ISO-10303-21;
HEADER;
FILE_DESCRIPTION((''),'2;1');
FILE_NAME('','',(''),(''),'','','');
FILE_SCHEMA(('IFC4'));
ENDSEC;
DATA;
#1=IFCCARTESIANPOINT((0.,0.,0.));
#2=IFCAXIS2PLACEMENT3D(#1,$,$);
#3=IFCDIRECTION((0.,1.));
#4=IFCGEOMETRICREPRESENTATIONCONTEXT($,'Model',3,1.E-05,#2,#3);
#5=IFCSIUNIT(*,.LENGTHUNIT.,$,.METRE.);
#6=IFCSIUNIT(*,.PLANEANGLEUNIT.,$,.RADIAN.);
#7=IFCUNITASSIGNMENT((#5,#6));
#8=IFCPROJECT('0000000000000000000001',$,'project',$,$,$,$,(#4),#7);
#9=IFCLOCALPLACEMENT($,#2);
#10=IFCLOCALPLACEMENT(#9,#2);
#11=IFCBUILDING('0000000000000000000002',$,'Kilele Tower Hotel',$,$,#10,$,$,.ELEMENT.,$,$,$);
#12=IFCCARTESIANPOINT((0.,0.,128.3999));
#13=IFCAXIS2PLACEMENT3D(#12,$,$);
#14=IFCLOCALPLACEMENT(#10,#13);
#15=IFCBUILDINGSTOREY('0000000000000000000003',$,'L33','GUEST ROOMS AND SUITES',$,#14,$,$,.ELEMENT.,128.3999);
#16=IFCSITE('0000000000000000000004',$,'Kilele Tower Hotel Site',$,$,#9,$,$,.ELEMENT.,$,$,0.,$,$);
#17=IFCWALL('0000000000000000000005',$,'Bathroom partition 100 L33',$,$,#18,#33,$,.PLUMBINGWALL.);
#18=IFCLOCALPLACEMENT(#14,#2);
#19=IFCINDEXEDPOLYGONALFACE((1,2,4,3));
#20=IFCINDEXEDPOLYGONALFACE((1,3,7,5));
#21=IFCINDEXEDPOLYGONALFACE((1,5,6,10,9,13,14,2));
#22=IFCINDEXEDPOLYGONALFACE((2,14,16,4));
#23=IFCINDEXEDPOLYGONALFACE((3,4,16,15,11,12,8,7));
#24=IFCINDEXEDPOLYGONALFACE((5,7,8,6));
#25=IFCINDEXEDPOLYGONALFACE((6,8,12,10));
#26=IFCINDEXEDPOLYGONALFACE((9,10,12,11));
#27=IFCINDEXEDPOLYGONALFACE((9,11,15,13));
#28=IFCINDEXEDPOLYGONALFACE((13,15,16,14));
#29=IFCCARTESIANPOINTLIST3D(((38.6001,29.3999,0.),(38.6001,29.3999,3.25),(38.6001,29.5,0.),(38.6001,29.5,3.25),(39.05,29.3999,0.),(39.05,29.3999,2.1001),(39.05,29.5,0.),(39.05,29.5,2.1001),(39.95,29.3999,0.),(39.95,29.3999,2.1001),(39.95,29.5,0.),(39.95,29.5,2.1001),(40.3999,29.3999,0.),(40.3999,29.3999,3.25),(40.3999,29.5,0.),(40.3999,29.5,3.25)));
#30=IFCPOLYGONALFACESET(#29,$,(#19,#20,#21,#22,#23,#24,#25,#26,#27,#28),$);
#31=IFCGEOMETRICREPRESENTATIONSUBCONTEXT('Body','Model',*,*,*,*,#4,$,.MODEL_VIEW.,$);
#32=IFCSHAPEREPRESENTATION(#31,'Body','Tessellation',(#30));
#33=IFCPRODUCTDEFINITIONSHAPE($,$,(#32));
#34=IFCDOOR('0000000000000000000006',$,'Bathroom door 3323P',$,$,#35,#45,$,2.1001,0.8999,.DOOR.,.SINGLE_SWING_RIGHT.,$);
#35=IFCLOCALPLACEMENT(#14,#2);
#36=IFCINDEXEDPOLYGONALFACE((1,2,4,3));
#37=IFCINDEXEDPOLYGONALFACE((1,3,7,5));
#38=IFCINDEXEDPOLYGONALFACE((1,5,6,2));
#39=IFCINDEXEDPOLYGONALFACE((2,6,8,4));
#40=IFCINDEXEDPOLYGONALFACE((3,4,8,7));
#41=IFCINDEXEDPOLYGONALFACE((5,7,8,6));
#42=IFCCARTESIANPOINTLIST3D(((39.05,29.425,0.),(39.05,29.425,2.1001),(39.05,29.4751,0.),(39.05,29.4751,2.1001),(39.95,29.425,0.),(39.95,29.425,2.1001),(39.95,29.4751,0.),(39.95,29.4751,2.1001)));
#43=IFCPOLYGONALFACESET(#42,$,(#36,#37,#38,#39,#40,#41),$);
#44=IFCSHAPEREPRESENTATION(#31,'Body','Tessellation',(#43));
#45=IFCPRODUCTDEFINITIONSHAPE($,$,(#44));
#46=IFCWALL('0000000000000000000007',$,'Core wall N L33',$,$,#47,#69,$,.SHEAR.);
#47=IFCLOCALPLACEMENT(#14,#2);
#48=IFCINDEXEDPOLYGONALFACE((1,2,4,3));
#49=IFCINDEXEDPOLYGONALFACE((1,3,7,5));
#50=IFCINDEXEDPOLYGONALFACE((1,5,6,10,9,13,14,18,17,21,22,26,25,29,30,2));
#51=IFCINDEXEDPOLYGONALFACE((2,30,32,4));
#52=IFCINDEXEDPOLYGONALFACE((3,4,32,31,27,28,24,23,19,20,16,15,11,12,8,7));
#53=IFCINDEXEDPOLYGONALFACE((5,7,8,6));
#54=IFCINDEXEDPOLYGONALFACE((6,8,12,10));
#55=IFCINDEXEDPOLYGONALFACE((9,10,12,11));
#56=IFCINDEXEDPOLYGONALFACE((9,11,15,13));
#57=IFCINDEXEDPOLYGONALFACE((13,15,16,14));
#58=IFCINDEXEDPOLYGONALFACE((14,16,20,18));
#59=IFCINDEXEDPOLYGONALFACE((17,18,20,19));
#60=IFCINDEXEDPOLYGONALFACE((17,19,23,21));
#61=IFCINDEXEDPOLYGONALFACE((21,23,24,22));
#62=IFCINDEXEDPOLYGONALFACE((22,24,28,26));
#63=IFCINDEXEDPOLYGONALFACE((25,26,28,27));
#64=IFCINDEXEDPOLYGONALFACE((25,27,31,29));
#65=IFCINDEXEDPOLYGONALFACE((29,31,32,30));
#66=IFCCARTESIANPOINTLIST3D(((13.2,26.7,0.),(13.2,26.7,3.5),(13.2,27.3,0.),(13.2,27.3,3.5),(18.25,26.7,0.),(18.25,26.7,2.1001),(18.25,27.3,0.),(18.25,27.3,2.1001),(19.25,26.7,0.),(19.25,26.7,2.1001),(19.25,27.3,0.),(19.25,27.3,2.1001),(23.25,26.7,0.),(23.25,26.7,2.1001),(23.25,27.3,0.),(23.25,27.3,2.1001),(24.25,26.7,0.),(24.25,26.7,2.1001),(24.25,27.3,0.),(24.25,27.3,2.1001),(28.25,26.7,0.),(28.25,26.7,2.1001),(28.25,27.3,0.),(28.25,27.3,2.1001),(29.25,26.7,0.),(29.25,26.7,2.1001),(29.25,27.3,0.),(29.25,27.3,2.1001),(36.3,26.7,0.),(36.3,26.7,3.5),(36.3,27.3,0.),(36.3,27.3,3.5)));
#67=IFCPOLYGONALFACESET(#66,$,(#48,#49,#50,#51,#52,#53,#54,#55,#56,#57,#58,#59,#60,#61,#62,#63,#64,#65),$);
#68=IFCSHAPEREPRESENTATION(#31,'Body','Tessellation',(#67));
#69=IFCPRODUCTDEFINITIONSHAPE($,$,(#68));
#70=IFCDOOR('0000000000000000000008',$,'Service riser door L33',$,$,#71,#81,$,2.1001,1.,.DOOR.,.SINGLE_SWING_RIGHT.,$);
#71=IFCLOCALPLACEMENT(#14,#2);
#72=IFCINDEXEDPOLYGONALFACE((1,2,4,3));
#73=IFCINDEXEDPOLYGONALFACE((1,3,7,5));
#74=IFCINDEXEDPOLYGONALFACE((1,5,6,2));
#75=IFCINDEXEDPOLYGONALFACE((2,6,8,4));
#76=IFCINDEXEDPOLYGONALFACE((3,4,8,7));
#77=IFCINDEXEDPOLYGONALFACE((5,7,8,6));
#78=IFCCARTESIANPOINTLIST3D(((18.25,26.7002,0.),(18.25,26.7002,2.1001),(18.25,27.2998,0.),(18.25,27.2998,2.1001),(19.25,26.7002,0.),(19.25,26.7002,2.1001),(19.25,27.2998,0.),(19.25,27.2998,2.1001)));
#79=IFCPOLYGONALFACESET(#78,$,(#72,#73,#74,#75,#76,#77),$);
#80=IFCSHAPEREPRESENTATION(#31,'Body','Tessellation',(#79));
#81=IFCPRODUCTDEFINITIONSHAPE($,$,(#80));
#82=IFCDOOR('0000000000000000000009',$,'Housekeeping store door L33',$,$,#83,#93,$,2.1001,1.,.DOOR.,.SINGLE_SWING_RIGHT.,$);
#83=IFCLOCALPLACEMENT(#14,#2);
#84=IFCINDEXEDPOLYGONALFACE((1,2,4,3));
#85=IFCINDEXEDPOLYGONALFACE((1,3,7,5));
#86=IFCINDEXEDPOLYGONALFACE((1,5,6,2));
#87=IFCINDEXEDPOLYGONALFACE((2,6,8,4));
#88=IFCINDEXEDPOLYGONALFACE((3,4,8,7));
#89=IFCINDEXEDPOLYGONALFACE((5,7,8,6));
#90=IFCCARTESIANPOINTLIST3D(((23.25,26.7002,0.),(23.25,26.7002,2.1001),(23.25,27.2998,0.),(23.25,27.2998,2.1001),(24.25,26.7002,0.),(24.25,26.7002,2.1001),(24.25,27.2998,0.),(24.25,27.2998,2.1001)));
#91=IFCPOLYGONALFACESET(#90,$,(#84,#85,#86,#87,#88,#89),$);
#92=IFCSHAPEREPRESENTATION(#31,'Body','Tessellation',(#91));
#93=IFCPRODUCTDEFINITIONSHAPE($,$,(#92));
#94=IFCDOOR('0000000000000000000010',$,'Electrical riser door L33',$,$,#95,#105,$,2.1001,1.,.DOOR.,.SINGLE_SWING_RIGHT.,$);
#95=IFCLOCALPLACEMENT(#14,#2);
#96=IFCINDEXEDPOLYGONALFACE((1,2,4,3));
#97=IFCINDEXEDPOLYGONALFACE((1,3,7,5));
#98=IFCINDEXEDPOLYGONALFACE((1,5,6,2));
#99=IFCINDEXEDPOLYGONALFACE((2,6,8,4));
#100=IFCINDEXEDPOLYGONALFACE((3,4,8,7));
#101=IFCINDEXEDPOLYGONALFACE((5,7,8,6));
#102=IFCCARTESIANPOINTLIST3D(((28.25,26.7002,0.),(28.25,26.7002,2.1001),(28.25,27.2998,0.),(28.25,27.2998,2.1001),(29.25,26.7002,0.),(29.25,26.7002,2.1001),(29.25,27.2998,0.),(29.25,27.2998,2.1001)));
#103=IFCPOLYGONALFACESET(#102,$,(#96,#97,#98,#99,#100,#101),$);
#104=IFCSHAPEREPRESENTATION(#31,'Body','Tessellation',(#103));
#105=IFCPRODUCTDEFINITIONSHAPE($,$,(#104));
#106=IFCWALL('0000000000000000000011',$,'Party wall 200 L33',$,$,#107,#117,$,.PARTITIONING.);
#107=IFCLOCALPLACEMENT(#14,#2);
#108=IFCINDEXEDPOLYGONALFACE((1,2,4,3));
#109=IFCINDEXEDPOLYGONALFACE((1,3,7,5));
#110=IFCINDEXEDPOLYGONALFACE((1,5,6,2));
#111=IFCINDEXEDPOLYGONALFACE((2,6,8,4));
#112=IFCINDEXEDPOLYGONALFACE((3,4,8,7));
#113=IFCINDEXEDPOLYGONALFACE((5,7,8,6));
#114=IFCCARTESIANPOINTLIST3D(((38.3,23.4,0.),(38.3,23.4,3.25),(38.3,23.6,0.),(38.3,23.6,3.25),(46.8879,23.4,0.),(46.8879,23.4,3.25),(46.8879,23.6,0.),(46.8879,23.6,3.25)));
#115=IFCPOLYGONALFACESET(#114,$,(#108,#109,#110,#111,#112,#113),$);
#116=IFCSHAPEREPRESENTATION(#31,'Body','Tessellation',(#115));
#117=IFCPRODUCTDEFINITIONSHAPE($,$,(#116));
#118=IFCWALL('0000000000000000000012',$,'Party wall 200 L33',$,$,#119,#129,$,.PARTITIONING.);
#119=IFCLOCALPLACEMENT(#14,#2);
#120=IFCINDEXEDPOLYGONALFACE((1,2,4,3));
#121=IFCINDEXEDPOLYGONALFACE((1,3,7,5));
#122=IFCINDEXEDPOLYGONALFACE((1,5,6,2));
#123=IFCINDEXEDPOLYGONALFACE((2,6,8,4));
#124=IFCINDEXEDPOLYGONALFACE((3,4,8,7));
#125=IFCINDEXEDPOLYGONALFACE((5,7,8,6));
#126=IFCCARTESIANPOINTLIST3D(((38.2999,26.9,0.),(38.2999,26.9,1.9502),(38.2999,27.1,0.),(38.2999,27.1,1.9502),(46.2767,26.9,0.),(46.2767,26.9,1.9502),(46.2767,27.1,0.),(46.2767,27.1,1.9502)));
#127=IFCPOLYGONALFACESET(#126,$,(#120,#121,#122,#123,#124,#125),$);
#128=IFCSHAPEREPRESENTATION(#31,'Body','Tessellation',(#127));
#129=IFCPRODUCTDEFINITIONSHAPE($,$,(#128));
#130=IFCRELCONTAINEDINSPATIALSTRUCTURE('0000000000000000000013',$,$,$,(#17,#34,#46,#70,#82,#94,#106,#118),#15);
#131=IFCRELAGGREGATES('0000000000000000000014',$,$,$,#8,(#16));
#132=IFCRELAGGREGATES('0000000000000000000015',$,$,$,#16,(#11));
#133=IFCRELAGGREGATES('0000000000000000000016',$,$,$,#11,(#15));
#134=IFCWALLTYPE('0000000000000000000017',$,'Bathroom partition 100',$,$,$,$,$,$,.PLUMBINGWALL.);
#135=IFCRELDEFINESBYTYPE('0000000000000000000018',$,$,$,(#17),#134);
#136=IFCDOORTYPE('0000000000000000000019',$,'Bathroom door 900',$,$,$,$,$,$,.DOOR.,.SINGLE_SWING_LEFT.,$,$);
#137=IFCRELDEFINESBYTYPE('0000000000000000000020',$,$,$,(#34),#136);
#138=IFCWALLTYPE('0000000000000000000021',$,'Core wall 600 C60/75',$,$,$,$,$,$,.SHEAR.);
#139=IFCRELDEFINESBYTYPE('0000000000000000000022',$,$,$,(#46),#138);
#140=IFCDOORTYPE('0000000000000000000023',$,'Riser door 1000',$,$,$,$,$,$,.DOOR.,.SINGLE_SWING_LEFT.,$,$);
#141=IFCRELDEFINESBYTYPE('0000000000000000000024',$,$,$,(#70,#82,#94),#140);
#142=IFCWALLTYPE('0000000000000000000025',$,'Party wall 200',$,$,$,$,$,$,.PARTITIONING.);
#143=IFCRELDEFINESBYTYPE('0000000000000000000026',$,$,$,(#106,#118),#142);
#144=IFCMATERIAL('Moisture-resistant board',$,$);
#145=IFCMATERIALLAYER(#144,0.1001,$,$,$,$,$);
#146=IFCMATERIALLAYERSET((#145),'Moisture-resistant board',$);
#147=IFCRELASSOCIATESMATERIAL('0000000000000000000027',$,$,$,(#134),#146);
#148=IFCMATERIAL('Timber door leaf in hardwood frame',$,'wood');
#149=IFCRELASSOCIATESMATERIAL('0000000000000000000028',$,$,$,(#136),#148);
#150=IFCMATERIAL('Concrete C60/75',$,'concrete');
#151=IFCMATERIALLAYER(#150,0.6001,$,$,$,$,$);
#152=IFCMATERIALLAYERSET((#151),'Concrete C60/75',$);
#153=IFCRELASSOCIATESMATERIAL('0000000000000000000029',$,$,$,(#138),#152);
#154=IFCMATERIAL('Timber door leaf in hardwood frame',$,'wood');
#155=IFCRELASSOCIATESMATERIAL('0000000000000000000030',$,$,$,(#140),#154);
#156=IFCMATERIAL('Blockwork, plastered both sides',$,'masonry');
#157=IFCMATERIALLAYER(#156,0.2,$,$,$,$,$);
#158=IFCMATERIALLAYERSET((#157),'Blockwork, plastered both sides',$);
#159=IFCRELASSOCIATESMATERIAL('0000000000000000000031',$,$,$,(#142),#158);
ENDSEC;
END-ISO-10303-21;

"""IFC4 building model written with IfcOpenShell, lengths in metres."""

from ifc_helpers import new_model, si_unit, direction, frame, frame_2d, origin, place, context, subcontext, project, spatial, rectangle, extrude, material, layer, layer_set, type_object, element, fill, save


model = new_model("IFC4")

# Units and contexts
model_context = context("Model", 3, precision=1e-05, world=origin(), true_north=direction((0.0, 1.0)))
body_context = subcontext(model_context, "Body", "Model", "MODEL_VIEW")
ifc_project = project(units=[si_unit("LENGTHUNIT", "METRE"), si_unit("PLANEANGLEUNIT", "RADIAN")], contexts=[model_context])

# Site, building, storey
site_placement = place(None, origin())
site = spatial("IfcSite", under=ifc_project, at=site_placement, Name="Kilele Tower Hotel Site", CompositionType="ELEMENT", RefElevation=0.0)
building_placement = place(site_placement, origin())
building = spatial("IfcBuilding", under=site, at=building_placement, Name="Kilele Tower Hotel", CompositionType="ELEMENT")
storey_placement = place(building_placement, frame((0.0, 0.0, 128.3999)))
storey = spatial("IfcBuildingStorey", under=building, at=storey_placement, Name="L33", Description="GUEST ROOMS AND SUITES", CompositionType="ELEMENT", Elevation=128.3999)

# Shared definitions
ifc_material_1 = material(Name="Moisture-resistant board")
ifc_layer_1 = layer(ifc_material_1, 0.1001)
ifc_layer_set_1 = layer_set([ifc_layer_1], Name="Moisture-resistant board")
wall_type_1 = type_object("IfcWallType", Name="Bathroom partition 100", PredefinedType="PLUMBINGWALL", material=ifc_layer_set_1)

# Shared definitions
ifc_material_2 = material(Name="Timber door leaf in hardwood frame", Category="wood")
door_type_1 = type_object("IfcDoorType", Name="Bathroom door 900", OperationType="SINGLE_SWING_LEFT", PredefinedType="DOOR", material=ifc_material_2)

# Wall, opening, door
wall_1_placement = place(storey_placement, frame((38.6001, 29.45, 0.0), z_axis=(0.0, 0.0, 1.0), x_axis=(1.0, 0.0, 0.0)))
wall_1 = element("IfcWall", 1, at=wall_1_placement, inside=storey, type_object=wall_type_1, Name="Bathroom partition 100 L33", PredefinedType="PLUMBINGWALL", context=body_context, shape_type="SweptSolid", body=[
    extrude(rectangle(XDim=1.7998, YDim=0.1001, at=frame_2d((0.8999, 0.0))), origin(), (0.0, 0.0, 1.0), 3.25),
])
opening_1_placement = place(wall_1_placement, frame((1.3499, 0.0, 0.0), z_axis=(0.0, 0.0, 1.0), x_axis=(-1.0, 0.0, 0.0)))
opening_1 = element("IfcOpeningElement", 2, at=opening_1_placement, cuts=wall_1, PredefinedType="OPENING", context=body_context, shape_type="SweptSolid", body=[
    extrude(rectangle(XDim=0.8999, YDim=2.1001, at=frame_2d((0.45, 1.05))), frame((0.0, 0.0601, 0.0), z_axis=(0.0, -1.0, 0.0), x_axis=(1.0, 0.0, 0.0)), (0.0, 0.0, 1.0), 0.1201),
])
door_1_placement = place(opening_1_placement, origin())
door_1 = element("IfcDoor", 3, at=door_1_placement, inside=storey, type_object=door_type_1, Name="Bathroom door 3323P", OperationType="SINGLE_SWING_RIGHT", OverallHeight=2.1001, OverallWidth=0.8999, PredefinedType="DOOR", context=body_context, shape_type="SweptSolid", body=[
    extrude(rectangle(XDim=0.8999, YDim=2.1001, at=frame_2d((0.45, 1.05))), frame((0.0, 0.0249, 0.0), z_axis=(0.0, -1.0, 0.0), x_axis=(1.0, 0.0, 0.0)), (0.0, 0.0, 1.0), 0.05),
])
fill(opening_1, door_1)

# Wall, openings, doors
ifc_material_3 = material(Name="Concrete C60/75", Category="concrete")
ifc_layer_2 = layer(ifc_material_3, 0.6001)
ifc_layer_set_2 = layer_set([ifc_layer_2], Name="Concrete C60/75")
wall_type_2 = type_object("IfcWallType", Name="Core wall 600 C60/75", PredefinedType="SHEAR", material=ifc_layer_set_2)
wall_2_placement = place(storey_placement, frame((36.3, 27.0, 0.0), z_axis=(0.0, 0.0, 1.0), x_axis=(-1.0, 0.0, 0.0)))
wall_2 = element("IfcWall", 4, at=wall_2_placement, inside=storey, type_object=wall_type_2, Name="Core wall N L33", PredefinedType="SHEAR", context=body_context, shape_type="SweptSolid", body=[
    extrude(rectangle(XDim=23.1001, YDim=0.6001, at=frame_2d((11.55, 0.0))), origin(), (0.0, 0.0, 1.0), 3.5),
])
opening_2_placement = place(wall_2_placement, frame((17.05, 0.0, 0.0)))
opening_2 = element("IfcOpeningElement", 5, at=opening_2_placement, cuts=wall_2, PredefinedType="OPENING", context=body_context, shape_type="SweptSolid", body=[
    extrude(rectangle(XDim=1.0, YDim=2.1001, at=frame_2d((0.5, 1.05))), frame((0.0, 0.3101, 0.0), z_axis=(0.0, -1.0, 0.0), x_axis=(1.0, 0.0, 0.0)), (0.0, 0.0, 1.0), 0.6201),
])
opening_3_placement = place(wall_2_placement, frame((12.05, 0.0, 0.0)))
opening_3 = element("IfcOpeningElement", 6, at=opening_3_placement, cuts=wall_2, PredefinedType="OPENING", context=body_context, shape_type="SweptSolid", body=[
    extrude(rectangle(XDim=1.0, YDim=2.1001, at=frame_2d((0.5, 1.05))), frame((0.0, 0.3101, 0.0), z_axis=(0.0, -1.0, 0.0), x_axis=(1.0, 0.0, 0.0)), (0.0, 0.0, 1.0), 0.6201),
])
opening_4_placement = place(wall_2_placement, frame((7.05, 0.0, 0.0)))
opening_4 = element("IfcOpeningElement", 7, at=opening_4_placement, cuts=wall_2, PredefinedType="OPENING", context=body_context, shape_type="SweptSolid", body=[
    extrude(rectangle(XDim=1.0, YDim=2.1001, at=frame_2d((0.5, 1.05))), frame((0.0, 0.3101, 0.0), z_axis=(0.0, -1.0, 0.0), x_axis=(1.0, 0.0, 0.0)), (0.0, 0.0, 1.0), 0.6201),
])
ifc_material_4 = material(Name="Timber door leaf in hardwood frame", Category="wood")
door_type_2 = type_object("IfcDoorType", Name="Riser door 1000", OperationType="SINGLE_SWING_LEFT", PredefinedType="DOOR", material=ifc_material_4)
door_2_placement = place(opening_2_placement, origin())
door_2 = element("IfcDoor", 8, at=door_2_placement, inside=storey, type_object=door_type_2, Name="Service riser door L33", OperationType="SINGLE_SWING_RIGHT", OverallHeight=2.1001, OverallWidth=1.0, PredefinedType="DOOR", context=body_context, shape_type="SweptSolid", body=[
    extrude(rectangle(XDim=1.0, YDim=2.1001, at=frame_2d((0.5, 1.05))), frame((0.0, 0.2998, 0.0), z_axis=(0.0, -1.0, 0.0), x_axis=(1.0, 0.0, 0.0)), (0.0, 0.0, 1.0), 0.5996),
])
fill(opening_2, door_2)
door_3_placement = place(opening_3_placement, origin())
door_3 = element("IfcDoor", 9, at=door_3_placement, inside=storey, type_object=door_type_2, Name="Housekeeping store door L33", OperationType="SINGLE_SWING_RIGHT", OverallHeight=2.1001, OverallWidth=1.0, PredefinedType="DOOR", context=body_context, shape_type="SweptSolid", body=[
    extrude(rectangle(XDim=1.0, YDim=2.1001, at=frame_2d((0.5, 1.05))), frame((0.0, 0.2998, 0.0), z_axis=(0.0, -1.0, 0.0), x_axis=(1.0, 0.0, 0.0)), (0.0, 0.0, 1.0), 0.5996),
])
fill(opening_3, door_3)
door_4_placement = place(opening_4_placement, origin())
door_4 = element("IfcDoor", 10, at=door_4_placement, inside=storey, type_object=door_type_2, Name="Electrical riser door L33", OperationType="SINGLE_SWING_RIGHT", OverallHeight=2.1001, OverallWidth=1.0, PredefinedType="DOOR", context=body_context, shape_type="SweptSolid", body=[
    extrude(rectangle(XDim=1.0, YDim=2.1001, at=frame_2d((0.5, 1.05))), frame((0.0, 0.2998, 0.0), z_axis=(0.0, -1.0, 0.0), x_axis=(1.0, 0.0, 0.0)), (0.0, 0.0, 1.0), 0.5996),
])
fill(opening_4, door_4)

# Walls
ifc_material_5 = material(Name="Blockwork, plastered both sides", Category="masonry")
ifc_layer_3 = layer(ifc_material_5, 0.2)
ifc_layer_set_3 = layer_set([ifc_layer_3], Name="Blockwork, plastered both sides")
wall_type_3 = type_object("IfcWallType", Name="Party wall 200", PredefinedType="PARTITIONING", material=ifc_layer_set_3)
wall_3_placement = place(storey_placement, frame((38.3, 23.5, 0.0), z_axis=(0.0, 0.0, 1.0), x_axis=(1.0, 0.0, 0.0)))
element("IfcWall", 11, at=wall_3_placement, inside=storey, type_object=wall_type_3, Name="Party wall 200 L33", PredefinedType="PARTITIONING", context=body_context, shape_type="SweptSolid", body=[
    extrude(rectangle(XDim=8.5879, YDim=0.2, at=frame_2d((4.2939, 0.0))), origin(), (0.0, 0.0, 1.0), 3.25),
])
wall_4_placement = place(storey_placement, frame((38.3, 27.0, 0.0), z_axis=(0.0, 0.0, 1.0), x_axis=(1.0, 0.0, 0.0)))
element("IfcWall", 12, at=wall_4_placement, inside=storey, type_object=wall_type_3, Name="Party wall 200 L33", PredefinedType="PARTITIONING", context=body_context, shape_type="SweptSolid", body=[
    extrude(rectangle(XDim=7.9768, YDim=0.2, at=frame_2d((3.9883, 0.0))), origin(), (0.0, 0.0, 1.0), 1.9502),
])

save(model, "model.ifc")
